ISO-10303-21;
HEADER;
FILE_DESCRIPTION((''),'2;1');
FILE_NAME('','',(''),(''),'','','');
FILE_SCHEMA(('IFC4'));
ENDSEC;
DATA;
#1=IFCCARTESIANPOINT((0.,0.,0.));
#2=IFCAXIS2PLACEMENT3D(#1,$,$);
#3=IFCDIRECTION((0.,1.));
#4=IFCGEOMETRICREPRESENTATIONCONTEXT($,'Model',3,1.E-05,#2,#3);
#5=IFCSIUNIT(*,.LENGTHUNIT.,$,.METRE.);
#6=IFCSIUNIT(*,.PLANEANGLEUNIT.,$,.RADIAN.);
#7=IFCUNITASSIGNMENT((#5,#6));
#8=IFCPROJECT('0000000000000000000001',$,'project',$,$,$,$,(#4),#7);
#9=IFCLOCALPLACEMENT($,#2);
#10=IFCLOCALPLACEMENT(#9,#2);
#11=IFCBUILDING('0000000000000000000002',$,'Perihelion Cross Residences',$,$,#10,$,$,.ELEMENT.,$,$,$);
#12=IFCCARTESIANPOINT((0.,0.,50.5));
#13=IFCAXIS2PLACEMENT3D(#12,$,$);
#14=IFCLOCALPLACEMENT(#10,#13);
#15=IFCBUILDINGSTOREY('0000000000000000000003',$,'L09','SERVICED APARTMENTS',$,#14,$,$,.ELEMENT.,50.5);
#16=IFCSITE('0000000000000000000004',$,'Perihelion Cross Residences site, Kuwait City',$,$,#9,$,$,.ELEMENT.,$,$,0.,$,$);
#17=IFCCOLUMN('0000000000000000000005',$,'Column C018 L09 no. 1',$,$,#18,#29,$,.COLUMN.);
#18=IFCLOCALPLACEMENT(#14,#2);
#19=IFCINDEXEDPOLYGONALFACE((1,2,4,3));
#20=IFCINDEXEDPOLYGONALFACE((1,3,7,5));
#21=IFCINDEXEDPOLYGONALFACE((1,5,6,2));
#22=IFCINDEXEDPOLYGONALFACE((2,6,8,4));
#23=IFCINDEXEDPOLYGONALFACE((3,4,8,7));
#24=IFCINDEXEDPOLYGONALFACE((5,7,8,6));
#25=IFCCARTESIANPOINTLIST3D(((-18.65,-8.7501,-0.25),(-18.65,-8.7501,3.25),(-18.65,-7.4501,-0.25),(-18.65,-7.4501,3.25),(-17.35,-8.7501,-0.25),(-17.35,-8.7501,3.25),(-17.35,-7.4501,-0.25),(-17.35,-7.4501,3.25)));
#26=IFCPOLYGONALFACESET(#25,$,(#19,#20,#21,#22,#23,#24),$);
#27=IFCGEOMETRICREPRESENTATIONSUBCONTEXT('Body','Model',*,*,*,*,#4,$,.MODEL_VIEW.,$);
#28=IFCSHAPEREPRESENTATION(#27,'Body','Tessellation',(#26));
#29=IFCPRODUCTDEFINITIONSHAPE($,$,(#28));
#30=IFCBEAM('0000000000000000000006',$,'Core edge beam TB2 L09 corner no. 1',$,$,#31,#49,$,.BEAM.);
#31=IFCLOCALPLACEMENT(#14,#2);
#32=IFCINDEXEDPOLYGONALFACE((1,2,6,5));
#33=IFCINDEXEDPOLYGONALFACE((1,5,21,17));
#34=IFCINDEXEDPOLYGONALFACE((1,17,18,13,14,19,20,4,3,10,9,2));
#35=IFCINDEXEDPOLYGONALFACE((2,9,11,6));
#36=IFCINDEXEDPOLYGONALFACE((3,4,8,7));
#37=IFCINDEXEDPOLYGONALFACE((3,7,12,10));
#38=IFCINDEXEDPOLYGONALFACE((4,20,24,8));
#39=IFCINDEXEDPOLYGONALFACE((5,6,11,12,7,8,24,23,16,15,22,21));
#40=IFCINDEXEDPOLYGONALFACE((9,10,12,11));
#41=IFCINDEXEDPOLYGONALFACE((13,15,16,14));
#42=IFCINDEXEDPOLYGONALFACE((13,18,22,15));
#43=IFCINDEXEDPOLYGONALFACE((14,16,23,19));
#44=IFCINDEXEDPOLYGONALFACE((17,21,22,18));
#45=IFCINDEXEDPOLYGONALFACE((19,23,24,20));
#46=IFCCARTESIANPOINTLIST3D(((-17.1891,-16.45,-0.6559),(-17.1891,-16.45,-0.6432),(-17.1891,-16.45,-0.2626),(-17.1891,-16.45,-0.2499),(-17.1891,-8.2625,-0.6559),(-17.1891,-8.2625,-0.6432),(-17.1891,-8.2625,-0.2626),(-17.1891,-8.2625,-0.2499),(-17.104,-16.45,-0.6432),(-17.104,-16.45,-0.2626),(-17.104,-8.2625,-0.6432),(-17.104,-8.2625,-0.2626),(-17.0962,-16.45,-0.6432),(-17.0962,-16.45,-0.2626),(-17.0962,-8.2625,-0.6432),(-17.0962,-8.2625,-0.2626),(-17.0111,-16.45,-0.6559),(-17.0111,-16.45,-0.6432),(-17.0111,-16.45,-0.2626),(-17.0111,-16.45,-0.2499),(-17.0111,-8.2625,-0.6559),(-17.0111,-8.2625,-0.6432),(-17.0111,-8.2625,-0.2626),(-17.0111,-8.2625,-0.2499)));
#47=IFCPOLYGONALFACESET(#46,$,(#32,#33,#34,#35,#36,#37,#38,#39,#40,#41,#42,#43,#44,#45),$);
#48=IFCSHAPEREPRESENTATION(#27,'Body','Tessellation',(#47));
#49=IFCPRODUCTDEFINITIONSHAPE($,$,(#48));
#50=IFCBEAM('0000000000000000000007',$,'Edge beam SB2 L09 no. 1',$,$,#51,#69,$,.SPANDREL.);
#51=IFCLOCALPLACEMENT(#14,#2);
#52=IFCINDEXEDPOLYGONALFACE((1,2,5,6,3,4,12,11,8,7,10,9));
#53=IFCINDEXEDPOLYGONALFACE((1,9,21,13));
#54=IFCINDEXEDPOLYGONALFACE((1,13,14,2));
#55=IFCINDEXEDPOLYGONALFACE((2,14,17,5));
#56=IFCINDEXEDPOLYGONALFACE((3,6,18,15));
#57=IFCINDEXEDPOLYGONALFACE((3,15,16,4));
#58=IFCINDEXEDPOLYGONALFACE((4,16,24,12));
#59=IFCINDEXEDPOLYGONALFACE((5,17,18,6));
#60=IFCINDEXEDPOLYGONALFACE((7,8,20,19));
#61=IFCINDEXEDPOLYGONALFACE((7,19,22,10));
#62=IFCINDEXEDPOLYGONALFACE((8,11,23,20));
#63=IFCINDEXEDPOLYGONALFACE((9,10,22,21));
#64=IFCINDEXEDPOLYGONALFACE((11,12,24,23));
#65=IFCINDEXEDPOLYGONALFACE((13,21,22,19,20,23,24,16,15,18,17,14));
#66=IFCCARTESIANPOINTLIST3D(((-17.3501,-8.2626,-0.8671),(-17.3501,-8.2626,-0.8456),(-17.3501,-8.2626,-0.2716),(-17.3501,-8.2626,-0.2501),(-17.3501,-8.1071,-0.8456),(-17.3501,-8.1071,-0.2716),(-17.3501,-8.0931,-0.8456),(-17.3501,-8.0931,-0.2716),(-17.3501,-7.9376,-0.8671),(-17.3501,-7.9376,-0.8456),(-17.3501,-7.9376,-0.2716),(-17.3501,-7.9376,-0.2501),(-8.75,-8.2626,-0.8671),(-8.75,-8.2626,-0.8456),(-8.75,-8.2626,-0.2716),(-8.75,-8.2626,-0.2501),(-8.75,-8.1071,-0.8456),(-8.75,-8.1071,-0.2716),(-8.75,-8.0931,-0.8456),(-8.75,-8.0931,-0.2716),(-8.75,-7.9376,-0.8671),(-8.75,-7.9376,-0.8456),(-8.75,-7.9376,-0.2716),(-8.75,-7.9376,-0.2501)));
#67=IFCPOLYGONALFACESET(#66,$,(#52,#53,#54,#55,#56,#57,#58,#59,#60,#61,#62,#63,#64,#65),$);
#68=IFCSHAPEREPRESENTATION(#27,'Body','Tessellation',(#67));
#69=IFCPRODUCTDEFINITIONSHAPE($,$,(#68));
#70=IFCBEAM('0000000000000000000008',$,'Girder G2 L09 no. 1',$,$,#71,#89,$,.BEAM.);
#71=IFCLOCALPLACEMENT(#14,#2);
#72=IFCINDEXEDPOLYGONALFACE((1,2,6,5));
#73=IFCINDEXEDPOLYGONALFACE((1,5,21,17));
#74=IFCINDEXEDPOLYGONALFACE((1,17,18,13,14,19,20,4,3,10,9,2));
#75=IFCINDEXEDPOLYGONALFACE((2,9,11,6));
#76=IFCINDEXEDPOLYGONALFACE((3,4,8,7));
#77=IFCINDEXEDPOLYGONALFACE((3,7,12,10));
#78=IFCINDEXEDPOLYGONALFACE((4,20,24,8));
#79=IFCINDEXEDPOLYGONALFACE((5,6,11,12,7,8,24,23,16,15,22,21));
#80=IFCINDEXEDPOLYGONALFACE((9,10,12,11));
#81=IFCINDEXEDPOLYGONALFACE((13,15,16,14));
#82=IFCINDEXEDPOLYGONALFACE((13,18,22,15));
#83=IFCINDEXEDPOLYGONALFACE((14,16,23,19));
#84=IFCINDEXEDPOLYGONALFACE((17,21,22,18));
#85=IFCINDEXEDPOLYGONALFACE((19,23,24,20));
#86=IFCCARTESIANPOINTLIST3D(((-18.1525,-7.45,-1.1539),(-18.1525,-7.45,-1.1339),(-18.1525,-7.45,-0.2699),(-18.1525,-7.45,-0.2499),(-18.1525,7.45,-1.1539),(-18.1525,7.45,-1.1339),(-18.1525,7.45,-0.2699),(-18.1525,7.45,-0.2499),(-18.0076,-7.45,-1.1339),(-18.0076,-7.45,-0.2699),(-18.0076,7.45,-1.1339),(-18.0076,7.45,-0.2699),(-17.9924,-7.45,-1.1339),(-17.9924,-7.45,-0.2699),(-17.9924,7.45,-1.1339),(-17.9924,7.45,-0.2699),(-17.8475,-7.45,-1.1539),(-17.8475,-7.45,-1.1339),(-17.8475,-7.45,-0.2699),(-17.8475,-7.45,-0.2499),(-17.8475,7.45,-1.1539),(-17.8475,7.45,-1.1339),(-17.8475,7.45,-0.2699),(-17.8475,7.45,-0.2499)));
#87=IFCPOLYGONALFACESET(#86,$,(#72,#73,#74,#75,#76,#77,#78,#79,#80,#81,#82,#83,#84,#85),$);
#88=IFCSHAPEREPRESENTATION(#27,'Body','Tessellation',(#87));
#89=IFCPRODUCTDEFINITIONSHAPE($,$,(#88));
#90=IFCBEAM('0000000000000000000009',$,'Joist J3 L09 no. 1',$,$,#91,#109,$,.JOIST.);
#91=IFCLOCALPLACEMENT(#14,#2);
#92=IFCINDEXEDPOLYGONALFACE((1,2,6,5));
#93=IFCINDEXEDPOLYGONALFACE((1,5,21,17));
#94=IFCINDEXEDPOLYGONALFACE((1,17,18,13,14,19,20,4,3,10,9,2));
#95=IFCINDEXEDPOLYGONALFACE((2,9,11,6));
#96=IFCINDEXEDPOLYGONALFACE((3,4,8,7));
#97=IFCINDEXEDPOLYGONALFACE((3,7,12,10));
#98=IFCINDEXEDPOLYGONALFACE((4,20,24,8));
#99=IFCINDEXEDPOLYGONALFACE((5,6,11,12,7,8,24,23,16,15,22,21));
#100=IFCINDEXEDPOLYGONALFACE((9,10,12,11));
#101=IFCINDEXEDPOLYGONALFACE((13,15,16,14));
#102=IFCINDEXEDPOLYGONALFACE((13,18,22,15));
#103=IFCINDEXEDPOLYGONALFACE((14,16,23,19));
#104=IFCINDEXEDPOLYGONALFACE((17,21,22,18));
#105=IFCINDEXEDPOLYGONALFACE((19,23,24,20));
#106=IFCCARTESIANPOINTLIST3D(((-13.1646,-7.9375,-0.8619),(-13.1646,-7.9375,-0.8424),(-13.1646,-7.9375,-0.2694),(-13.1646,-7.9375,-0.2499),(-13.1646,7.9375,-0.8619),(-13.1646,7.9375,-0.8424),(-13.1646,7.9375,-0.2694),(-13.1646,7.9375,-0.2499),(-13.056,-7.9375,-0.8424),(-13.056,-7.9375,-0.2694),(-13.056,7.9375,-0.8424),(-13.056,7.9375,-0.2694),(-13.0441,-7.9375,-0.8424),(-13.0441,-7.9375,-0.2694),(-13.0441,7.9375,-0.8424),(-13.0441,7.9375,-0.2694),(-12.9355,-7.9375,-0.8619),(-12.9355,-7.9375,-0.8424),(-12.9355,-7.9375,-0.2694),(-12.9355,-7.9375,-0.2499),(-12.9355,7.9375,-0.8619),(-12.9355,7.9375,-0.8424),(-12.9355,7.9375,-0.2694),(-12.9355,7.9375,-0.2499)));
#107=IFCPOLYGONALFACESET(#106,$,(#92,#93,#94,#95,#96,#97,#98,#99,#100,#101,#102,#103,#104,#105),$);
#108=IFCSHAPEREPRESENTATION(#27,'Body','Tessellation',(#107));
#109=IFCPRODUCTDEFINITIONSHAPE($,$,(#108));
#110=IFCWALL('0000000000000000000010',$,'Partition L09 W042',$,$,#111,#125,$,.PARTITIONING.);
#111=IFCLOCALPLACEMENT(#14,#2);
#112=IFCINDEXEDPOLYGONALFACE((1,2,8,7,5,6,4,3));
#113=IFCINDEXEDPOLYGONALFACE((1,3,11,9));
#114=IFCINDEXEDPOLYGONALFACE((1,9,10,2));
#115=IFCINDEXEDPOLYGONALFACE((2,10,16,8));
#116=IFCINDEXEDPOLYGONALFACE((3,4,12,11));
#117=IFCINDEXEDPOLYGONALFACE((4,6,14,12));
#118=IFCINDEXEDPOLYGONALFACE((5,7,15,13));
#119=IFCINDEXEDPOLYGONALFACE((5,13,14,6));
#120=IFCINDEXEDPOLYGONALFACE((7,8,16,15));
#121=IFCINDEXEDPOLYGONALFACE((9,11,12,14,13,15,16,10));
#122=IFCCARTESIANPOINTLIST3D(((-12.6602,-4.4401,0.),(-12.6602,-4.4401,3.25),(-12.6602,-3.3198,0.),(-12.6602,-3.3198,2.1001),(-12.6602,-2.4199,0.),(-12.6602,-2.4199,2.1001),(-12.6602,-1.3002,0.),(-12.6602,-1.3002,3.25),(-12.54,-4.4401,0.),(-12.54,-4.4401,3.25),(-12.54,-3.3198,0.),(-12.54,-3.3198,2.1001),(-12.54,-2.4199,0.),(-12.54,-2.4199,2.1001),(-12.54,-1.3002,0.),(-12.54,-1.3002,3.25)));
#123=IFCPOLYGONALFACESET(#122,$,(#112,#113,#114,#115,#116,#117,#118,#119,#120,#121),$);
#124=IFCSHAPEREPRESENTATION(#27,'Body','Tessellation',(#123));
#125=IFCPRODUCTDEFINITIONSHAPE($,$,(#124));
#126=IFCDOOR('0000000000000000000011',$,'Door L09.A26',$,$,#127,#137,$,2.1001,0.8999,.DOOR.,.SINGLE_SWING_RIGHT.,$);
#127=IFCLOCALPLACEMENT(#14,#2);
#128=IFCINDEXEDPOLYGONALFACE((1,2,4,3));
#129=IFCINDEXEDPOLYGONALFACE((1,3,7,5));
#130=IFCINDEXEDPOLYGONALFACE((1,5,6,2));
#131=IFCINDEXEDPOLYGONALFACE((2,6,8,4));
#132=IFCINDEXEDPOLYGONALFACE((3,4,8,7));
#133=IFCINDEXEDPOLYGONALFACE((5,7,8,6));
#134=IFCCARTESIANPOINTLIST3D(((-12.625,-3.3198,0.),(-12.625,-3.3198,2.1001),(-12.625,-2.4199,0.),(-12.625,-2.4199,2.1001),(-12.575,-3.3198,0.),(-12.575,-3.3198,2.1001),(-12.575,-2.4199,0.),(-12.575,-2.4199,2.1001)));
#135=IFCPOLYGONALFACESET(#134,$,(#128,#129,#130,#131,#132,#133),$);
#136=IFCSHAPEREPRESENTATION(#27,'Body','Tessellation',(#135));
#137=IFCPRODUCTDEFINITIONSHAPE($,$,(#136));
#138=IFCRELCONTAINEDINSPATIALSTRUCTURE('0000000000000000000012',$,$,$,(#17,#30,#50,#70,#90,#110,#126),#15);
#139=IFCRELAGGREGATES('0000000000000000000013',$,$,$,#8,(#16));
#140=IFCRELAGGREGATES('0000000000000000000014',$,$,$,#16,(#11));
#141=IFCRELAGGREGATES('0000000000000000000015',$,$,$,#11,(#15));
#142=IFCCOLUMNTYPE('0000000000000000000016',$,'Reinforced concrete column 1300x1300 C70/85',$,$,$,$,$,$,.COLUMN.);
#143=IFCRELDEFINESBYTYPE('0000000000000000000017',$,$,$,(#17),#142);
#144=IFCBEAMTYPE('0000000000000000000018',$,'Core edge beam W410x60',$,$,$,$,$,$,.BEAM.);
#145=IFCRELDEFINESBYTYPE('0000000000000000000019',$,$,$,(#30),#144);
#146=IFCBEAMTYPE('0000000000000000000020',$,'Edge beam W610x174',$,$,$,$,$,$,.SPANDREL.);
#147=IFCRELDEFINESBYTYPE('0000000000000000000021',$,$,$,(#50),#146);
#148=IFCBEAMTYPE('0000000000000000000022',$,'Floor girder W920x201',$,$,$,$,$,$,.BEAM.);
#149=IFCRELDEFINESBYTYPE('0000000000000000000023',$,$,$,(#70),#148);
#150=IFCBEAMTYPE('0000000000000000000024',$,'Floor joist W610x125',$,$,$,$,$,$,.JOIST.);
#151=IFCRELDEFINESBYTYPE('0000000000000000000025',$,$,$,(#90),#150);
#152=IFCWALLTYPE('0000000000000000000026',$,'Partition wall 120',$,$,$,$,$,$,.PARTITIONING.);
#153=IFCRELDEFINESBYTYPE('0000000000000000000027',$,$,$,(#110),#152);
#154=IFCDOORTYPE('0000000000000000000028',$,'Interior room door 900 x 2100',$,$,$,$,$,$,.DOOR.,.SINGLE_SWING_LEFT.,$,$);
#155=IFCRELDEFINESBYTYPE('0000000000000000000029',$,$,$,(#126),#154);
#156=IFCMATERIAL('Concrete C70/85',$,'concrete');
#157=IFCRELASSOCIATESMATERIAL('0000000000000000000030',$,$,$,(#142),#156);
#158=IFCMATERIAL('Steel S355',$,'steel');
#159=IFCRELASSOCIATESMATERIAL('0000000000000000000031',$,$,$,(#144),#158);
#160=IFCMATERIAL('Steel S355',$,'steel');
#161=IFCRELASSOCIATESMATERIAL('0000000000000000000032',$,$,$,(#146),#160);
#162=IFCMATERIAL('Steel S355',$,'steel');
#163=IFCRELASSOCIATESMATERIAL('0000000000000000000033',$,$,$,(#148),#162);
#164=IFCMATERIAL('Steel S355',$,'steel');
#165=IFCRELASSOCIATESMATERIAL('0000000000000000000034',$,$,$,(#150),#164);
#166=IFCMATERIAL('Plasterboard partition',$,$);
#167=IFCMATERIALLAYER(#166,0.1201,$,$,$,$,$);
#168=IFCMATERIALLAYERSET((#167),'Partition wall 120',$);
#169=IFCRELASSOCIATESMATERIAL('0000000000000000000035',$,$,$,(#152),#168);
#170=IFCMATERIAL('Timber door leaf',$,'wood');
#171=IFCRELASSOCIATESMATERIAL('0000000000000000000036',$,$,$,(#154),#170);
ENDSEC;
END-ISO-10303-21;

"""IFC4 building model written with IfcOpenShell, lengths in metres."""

from ifc_helpers import new_model, si_unit, direction, frame, frame_2d, origin, origin_2d, place, context, subcontext, project, spatial, rectangle, i_section, extrude, material, layer, layer_set, material_profile, profile_set, type_object, element, fill, save


model = new_model("IFC4")

# Units and contexts
model_context = context("Model", 3, precision=1e-05, world=origin(), true_north=direction((0.0, 1.0)))
body_context = subcontext(model_context, "Body", "Model", "MODEL_VIEW")
ifc_project = project(units=[si_unit("LENGTHUNIT", "METRE"), si_unit("PLANEANGLEUNIT", "RADIAN")], contexts=[model_context])

# Site, building, storey
site_placement = place(None, origin())
site = spatial("IfcSite", under=ifc_project, at=site_placement, Name="Perihelion Cross Residences site, Kuwait City", CompositionType="ELEMENT", RefElevation=0.0)
building_placement = place(site_placement, origin())
building = spatial("IfcBuilding", under=site, at=building_placement, Name="Perihelion Cross Residences", CompositionType="ELEMENT")
storey_placement = place(building_placement, frame((0.0, 0.0, 50.5)))
storey = spatial("IfcBuildingStorey", under=building, at=storey_placement, Name="L09", Description="SERVICED APARTMENTS", CompositionType="ELEMENT", Elevation=50.5)

# Column
ifc_material_1 = material(Name="Concrete C70/85", Category="concrete")
ifc_material_profile_1 = material_profile(ifc_material_1, rectangle(XDim=1.3, YDim=1.3, at=origin_2d()), Name="RC 1300x1300")
ifc_profile_set_1 = profile_set([ifc_material_profile_1], Name="Concrete C70/85")
column_type = type_object("IfcColumnType", Name="Reinforced concrete column 1300x1300 C70/85", PredefinedType="COLUMN", material=ifc_profile_set_1)
column_placement = place(storey_placement, frame((-18.0, -8.1001, -0.25), z_axis=(0.0, 0.0, 1.0), x_axis=(1.0, 0.0, 0.0)))
element("IfcColumn", 1, at=column_placement, inside=storey, type_object=column_type, Name="Column C018 L09 no. 1", PredefinedType="COLUMN", context=body_context, shape_type="SweptSolid", body=[
    extrude(rectangle(XDim=1.3, YDim=1.3, at=origin_2d()), origin(), (0.0, 0.0, 1.0), 3.5),
])

# Beams
ifc_material_2 = material(Name="Steel S355", Category="steel")
ifc_material_profile_2 = material_profile(ifc_material_2, i_section(OverallWidth=0.178, OverallDepth=0.406, WebThickness=0.0078, FlangeThickness=0.0127, at=origin_2d()), Name="W410x60")
ifc_profile_set_2 = profile_set([ifc_material_profile_2], Name="Steel S355")
beam_type_1 = type_object("IfcBeamType", Name="Core edge beam W410x60", PredefinedType="BEAM", material=ifc_profile_set_2)
beam_1_placement = place(storey_placement, frame((-17.1001, -8.2625, -0.4529), z_axis=(0.0, -1.0, 0.0), x_axis=(1.0, 0.0, 0.0)))
element("IfcBeam", 2, at=beam_1_placement, inside=storey, type_object=beam_type_1, Name="Core edge beam TB2 L09 corner no. 1", PredefinedType="BEAM", context=body_context, shape_type="SweptSolid", body=[
    extrude(i_section(OverallWidth=0.178, OverallDepth=0.406, WebThickness=0.0078, FlangeThickness=0.0127, at=origin_2d()), origin(), (0.0, 0.0, 1.0), 8.1875),
])
ifc_material_3 = material(Name="Steel S355", Category="steel")
ifc_material_profile_3 = material_profile(ifc_material_3, i_section(OverallWidth=0.325, OverallDepth=0.6169, WebThickness=0.0139, FlangeThickness=0.0215, at=origin_2d()), Name="W610x174")
ifc_profile_set_3 = profile_set([ifc_material_profile_3], Name="Steel S355")
beam_type_2 = type_object("IfcBeamType", Name="Edge beam W610x174", PredefinedType="SPANDREL", material=ifc_profile_set_3)
beam_2_placement = place(storey_placement, frame((-17.3501, -8.1001, -0.5586), z_axis=(1.0, 0.0, 0.0), x_axis=(0.0, 1.0, 0.0)))
element("IfcBeam", 3, at=beam_2_placement, inside=storey, type_object=beam_type_2, Name="Edge beam SB2 L09 no. 1", PredefinedType="SPANDREL", context=body_context, shape_type="SweptSolid", body=[
    extrude(i_section(OverallWidth=0.325, OverallDepth=0.6169, WebThickness=0.0139, FlangeThickness=0.0215, at=origin_2d()), origin(), (0.0, 0.0, 1.0), 8.6001),
])
ifc_material_4 = material(Name="Steel S355", Category="steel")
ifc_material_profile_4 = material_profile(ifc_material_4, i_section(OverallWidth=0.3049, OverallDepth=0.9041, WebThickness=0.0151, FlangeThickness=0.02, at=origin_2d()), Name="W920x201")
ifc_profile_set_4 = profile_set([ifc_material_profile_4], Name="Steel S355")
beam_type_3 = type_object("IfcBeamType", Name="Floor girder W920x201", PredefinedType="BEAM", material=ifc_profile_set_4)
beam_3_placement = place(storey_placement, frame((-18.0, -7.45, -0.7019), z_axis=(0.0, 1.0, 0.0), x_axis=(-1.0, 0.0, 0.0)))
element("IfcBeam", 4, at=beam_3_placement, inside=storey, type_object=beam_type_3, Name="Girder G2 L09 no. 1", PredefinedType="BEAM", context=body_context, shape_type="SweptSolid", body=[
    extrude(i_section(OverallWidth=0.3049, OverallDepth=0.9041, WebThickness=0.0151, FlangeThickness=0.02, at=origin_2d()), origin(), (0.0, 0.0, 1.0), 14.8999),
])
ifc_material_5 = material(Name="Steel S355", Category="steel")
ifc_material_profile_5 = material_profile(ifc_material_5, i_section(OverallWidth=0.229, OverallDepth=0.6121, WebThickness=0.012, FlangeThickness=0.0195, at=origin_2d()), Name="W610x125")
ifc_profile_set_5 = profile_set([ifc_material_profile_5], Name="Steel S355")
beam_type_4 = type_object("IfcBeamType", Name="Floor joist W610x125", PredefinedType="JOIST", material=ifc_profile_set_5)
beam_4_placement = place(storey_placement, frame((-13.05, -7.9375, -0.5559), z_axis=(0.0, 1.0, 0.0), x_axis=(-1.0, 0.0, 0.0)))
element("IfcBeam", 5, at=beam_4_placement, inside=storey, type_object=beam_type_4, Name="Joist J3 L09 no. 1", PredefinedType="JOIST", context=body_context, shape_type="SweptSolid", body=[
    extrude(i_section(OverallWidth=0.229, OverallDepth=0.6121, WebThickness=0.012, FlangeThickness=0.0195, at=origin_2d()), origin(), (0.0, 0.0, 1.0), 15.875),
])

# Wall, opening, door
ifc_material_6 = material(Name="Plasterboard partition")
ifc_layer_1 = layer(ifc_material_6, 0.1201)
ifc_layer_set_1 = layer_set([ifc_layer_1], Name="Partition wall 120")
wall_type_1 = type_object("IfcWallType", Name="Partition wall 120", PredefinedType="PARTITIONING", material=ifc_layer_set_1)
wall_1_placement = place(storey_placement, frame((-12.6001, -4.4399, 0.0), z_axis=(0.0, 0.0, 1.0), x_axis=(0.0, 1.0, 0.0)))
wall_1 = element("IfcWall", 6, at=wall_1_placement, inside=storey, type_object=wall_type_1, Name="Partition L09 W042", PredefinedType="PARTITIONING", context=body_context, shape_type="SweptSolid", body=[
    extrude(rectangle(XDim=3.1399, YDim=0.1201, at=frame_2d((1.5698, 0.0))), origin(), (0.0, 0.0, 1.0), 3.25),
])
opening_1_placement = place(wall_1_placement, frame((1.1201, 0.0, 0.0)))
opening_1 = element("IfcOpeningElement", 7, at=opening_1_placement, cuts=wall_1, PredefinedType="OPENING", context=body_context, shape_type="SweptSolid", body=[
    extrude(rectangle(XDim=0.8999, YDim=2.1001, at=frame_2d((0.45, 1.05))), frame((0.0, 0.0701, 0.0), z_axis=(0.0, -1.0, 0.0), x_axis=(1.0, 0.0, 0.0)), (0.0, 0.0, 1.0), 0.1401),
])
ifc_material_7 = material(Name="Timber door leaf", Category="wood")
door_type_1 = type_object("IfcDoorType", Name="Interior room door 900 x 2100", OperationType="SINGLE_SWING_LEFT", PredefinedType="DOOR", material=ifc_material_7)
door_1_placement = place(opening_1_placement, origin())
door_1 = element("IfcDoor", 8, at=door_1_placement, inside=storey, type_object=door_type_1, Name="Door L09.A26", OperationType="SINGLE_SWING_RIGHT", OverallHeight=2.1001, OverallWidth=0.8999, PredefinedType="DOOR", context=body_context, shape_type="SweptSolid", body=[
    extrude(rectangle(XDim=0.8999, YDim=2.1001, at=frame_2d((0.45, 1.05))), frame((0.0, 0.0249, 0.0), z_axis=(0.0, -1.0, 0.0), x_axis=(1.0, 0.0, 0.0)), (0.0, 0.0, 1.0), 0.05),
])
fill(opening_1, door_1)

save(model, "model.ifc")
